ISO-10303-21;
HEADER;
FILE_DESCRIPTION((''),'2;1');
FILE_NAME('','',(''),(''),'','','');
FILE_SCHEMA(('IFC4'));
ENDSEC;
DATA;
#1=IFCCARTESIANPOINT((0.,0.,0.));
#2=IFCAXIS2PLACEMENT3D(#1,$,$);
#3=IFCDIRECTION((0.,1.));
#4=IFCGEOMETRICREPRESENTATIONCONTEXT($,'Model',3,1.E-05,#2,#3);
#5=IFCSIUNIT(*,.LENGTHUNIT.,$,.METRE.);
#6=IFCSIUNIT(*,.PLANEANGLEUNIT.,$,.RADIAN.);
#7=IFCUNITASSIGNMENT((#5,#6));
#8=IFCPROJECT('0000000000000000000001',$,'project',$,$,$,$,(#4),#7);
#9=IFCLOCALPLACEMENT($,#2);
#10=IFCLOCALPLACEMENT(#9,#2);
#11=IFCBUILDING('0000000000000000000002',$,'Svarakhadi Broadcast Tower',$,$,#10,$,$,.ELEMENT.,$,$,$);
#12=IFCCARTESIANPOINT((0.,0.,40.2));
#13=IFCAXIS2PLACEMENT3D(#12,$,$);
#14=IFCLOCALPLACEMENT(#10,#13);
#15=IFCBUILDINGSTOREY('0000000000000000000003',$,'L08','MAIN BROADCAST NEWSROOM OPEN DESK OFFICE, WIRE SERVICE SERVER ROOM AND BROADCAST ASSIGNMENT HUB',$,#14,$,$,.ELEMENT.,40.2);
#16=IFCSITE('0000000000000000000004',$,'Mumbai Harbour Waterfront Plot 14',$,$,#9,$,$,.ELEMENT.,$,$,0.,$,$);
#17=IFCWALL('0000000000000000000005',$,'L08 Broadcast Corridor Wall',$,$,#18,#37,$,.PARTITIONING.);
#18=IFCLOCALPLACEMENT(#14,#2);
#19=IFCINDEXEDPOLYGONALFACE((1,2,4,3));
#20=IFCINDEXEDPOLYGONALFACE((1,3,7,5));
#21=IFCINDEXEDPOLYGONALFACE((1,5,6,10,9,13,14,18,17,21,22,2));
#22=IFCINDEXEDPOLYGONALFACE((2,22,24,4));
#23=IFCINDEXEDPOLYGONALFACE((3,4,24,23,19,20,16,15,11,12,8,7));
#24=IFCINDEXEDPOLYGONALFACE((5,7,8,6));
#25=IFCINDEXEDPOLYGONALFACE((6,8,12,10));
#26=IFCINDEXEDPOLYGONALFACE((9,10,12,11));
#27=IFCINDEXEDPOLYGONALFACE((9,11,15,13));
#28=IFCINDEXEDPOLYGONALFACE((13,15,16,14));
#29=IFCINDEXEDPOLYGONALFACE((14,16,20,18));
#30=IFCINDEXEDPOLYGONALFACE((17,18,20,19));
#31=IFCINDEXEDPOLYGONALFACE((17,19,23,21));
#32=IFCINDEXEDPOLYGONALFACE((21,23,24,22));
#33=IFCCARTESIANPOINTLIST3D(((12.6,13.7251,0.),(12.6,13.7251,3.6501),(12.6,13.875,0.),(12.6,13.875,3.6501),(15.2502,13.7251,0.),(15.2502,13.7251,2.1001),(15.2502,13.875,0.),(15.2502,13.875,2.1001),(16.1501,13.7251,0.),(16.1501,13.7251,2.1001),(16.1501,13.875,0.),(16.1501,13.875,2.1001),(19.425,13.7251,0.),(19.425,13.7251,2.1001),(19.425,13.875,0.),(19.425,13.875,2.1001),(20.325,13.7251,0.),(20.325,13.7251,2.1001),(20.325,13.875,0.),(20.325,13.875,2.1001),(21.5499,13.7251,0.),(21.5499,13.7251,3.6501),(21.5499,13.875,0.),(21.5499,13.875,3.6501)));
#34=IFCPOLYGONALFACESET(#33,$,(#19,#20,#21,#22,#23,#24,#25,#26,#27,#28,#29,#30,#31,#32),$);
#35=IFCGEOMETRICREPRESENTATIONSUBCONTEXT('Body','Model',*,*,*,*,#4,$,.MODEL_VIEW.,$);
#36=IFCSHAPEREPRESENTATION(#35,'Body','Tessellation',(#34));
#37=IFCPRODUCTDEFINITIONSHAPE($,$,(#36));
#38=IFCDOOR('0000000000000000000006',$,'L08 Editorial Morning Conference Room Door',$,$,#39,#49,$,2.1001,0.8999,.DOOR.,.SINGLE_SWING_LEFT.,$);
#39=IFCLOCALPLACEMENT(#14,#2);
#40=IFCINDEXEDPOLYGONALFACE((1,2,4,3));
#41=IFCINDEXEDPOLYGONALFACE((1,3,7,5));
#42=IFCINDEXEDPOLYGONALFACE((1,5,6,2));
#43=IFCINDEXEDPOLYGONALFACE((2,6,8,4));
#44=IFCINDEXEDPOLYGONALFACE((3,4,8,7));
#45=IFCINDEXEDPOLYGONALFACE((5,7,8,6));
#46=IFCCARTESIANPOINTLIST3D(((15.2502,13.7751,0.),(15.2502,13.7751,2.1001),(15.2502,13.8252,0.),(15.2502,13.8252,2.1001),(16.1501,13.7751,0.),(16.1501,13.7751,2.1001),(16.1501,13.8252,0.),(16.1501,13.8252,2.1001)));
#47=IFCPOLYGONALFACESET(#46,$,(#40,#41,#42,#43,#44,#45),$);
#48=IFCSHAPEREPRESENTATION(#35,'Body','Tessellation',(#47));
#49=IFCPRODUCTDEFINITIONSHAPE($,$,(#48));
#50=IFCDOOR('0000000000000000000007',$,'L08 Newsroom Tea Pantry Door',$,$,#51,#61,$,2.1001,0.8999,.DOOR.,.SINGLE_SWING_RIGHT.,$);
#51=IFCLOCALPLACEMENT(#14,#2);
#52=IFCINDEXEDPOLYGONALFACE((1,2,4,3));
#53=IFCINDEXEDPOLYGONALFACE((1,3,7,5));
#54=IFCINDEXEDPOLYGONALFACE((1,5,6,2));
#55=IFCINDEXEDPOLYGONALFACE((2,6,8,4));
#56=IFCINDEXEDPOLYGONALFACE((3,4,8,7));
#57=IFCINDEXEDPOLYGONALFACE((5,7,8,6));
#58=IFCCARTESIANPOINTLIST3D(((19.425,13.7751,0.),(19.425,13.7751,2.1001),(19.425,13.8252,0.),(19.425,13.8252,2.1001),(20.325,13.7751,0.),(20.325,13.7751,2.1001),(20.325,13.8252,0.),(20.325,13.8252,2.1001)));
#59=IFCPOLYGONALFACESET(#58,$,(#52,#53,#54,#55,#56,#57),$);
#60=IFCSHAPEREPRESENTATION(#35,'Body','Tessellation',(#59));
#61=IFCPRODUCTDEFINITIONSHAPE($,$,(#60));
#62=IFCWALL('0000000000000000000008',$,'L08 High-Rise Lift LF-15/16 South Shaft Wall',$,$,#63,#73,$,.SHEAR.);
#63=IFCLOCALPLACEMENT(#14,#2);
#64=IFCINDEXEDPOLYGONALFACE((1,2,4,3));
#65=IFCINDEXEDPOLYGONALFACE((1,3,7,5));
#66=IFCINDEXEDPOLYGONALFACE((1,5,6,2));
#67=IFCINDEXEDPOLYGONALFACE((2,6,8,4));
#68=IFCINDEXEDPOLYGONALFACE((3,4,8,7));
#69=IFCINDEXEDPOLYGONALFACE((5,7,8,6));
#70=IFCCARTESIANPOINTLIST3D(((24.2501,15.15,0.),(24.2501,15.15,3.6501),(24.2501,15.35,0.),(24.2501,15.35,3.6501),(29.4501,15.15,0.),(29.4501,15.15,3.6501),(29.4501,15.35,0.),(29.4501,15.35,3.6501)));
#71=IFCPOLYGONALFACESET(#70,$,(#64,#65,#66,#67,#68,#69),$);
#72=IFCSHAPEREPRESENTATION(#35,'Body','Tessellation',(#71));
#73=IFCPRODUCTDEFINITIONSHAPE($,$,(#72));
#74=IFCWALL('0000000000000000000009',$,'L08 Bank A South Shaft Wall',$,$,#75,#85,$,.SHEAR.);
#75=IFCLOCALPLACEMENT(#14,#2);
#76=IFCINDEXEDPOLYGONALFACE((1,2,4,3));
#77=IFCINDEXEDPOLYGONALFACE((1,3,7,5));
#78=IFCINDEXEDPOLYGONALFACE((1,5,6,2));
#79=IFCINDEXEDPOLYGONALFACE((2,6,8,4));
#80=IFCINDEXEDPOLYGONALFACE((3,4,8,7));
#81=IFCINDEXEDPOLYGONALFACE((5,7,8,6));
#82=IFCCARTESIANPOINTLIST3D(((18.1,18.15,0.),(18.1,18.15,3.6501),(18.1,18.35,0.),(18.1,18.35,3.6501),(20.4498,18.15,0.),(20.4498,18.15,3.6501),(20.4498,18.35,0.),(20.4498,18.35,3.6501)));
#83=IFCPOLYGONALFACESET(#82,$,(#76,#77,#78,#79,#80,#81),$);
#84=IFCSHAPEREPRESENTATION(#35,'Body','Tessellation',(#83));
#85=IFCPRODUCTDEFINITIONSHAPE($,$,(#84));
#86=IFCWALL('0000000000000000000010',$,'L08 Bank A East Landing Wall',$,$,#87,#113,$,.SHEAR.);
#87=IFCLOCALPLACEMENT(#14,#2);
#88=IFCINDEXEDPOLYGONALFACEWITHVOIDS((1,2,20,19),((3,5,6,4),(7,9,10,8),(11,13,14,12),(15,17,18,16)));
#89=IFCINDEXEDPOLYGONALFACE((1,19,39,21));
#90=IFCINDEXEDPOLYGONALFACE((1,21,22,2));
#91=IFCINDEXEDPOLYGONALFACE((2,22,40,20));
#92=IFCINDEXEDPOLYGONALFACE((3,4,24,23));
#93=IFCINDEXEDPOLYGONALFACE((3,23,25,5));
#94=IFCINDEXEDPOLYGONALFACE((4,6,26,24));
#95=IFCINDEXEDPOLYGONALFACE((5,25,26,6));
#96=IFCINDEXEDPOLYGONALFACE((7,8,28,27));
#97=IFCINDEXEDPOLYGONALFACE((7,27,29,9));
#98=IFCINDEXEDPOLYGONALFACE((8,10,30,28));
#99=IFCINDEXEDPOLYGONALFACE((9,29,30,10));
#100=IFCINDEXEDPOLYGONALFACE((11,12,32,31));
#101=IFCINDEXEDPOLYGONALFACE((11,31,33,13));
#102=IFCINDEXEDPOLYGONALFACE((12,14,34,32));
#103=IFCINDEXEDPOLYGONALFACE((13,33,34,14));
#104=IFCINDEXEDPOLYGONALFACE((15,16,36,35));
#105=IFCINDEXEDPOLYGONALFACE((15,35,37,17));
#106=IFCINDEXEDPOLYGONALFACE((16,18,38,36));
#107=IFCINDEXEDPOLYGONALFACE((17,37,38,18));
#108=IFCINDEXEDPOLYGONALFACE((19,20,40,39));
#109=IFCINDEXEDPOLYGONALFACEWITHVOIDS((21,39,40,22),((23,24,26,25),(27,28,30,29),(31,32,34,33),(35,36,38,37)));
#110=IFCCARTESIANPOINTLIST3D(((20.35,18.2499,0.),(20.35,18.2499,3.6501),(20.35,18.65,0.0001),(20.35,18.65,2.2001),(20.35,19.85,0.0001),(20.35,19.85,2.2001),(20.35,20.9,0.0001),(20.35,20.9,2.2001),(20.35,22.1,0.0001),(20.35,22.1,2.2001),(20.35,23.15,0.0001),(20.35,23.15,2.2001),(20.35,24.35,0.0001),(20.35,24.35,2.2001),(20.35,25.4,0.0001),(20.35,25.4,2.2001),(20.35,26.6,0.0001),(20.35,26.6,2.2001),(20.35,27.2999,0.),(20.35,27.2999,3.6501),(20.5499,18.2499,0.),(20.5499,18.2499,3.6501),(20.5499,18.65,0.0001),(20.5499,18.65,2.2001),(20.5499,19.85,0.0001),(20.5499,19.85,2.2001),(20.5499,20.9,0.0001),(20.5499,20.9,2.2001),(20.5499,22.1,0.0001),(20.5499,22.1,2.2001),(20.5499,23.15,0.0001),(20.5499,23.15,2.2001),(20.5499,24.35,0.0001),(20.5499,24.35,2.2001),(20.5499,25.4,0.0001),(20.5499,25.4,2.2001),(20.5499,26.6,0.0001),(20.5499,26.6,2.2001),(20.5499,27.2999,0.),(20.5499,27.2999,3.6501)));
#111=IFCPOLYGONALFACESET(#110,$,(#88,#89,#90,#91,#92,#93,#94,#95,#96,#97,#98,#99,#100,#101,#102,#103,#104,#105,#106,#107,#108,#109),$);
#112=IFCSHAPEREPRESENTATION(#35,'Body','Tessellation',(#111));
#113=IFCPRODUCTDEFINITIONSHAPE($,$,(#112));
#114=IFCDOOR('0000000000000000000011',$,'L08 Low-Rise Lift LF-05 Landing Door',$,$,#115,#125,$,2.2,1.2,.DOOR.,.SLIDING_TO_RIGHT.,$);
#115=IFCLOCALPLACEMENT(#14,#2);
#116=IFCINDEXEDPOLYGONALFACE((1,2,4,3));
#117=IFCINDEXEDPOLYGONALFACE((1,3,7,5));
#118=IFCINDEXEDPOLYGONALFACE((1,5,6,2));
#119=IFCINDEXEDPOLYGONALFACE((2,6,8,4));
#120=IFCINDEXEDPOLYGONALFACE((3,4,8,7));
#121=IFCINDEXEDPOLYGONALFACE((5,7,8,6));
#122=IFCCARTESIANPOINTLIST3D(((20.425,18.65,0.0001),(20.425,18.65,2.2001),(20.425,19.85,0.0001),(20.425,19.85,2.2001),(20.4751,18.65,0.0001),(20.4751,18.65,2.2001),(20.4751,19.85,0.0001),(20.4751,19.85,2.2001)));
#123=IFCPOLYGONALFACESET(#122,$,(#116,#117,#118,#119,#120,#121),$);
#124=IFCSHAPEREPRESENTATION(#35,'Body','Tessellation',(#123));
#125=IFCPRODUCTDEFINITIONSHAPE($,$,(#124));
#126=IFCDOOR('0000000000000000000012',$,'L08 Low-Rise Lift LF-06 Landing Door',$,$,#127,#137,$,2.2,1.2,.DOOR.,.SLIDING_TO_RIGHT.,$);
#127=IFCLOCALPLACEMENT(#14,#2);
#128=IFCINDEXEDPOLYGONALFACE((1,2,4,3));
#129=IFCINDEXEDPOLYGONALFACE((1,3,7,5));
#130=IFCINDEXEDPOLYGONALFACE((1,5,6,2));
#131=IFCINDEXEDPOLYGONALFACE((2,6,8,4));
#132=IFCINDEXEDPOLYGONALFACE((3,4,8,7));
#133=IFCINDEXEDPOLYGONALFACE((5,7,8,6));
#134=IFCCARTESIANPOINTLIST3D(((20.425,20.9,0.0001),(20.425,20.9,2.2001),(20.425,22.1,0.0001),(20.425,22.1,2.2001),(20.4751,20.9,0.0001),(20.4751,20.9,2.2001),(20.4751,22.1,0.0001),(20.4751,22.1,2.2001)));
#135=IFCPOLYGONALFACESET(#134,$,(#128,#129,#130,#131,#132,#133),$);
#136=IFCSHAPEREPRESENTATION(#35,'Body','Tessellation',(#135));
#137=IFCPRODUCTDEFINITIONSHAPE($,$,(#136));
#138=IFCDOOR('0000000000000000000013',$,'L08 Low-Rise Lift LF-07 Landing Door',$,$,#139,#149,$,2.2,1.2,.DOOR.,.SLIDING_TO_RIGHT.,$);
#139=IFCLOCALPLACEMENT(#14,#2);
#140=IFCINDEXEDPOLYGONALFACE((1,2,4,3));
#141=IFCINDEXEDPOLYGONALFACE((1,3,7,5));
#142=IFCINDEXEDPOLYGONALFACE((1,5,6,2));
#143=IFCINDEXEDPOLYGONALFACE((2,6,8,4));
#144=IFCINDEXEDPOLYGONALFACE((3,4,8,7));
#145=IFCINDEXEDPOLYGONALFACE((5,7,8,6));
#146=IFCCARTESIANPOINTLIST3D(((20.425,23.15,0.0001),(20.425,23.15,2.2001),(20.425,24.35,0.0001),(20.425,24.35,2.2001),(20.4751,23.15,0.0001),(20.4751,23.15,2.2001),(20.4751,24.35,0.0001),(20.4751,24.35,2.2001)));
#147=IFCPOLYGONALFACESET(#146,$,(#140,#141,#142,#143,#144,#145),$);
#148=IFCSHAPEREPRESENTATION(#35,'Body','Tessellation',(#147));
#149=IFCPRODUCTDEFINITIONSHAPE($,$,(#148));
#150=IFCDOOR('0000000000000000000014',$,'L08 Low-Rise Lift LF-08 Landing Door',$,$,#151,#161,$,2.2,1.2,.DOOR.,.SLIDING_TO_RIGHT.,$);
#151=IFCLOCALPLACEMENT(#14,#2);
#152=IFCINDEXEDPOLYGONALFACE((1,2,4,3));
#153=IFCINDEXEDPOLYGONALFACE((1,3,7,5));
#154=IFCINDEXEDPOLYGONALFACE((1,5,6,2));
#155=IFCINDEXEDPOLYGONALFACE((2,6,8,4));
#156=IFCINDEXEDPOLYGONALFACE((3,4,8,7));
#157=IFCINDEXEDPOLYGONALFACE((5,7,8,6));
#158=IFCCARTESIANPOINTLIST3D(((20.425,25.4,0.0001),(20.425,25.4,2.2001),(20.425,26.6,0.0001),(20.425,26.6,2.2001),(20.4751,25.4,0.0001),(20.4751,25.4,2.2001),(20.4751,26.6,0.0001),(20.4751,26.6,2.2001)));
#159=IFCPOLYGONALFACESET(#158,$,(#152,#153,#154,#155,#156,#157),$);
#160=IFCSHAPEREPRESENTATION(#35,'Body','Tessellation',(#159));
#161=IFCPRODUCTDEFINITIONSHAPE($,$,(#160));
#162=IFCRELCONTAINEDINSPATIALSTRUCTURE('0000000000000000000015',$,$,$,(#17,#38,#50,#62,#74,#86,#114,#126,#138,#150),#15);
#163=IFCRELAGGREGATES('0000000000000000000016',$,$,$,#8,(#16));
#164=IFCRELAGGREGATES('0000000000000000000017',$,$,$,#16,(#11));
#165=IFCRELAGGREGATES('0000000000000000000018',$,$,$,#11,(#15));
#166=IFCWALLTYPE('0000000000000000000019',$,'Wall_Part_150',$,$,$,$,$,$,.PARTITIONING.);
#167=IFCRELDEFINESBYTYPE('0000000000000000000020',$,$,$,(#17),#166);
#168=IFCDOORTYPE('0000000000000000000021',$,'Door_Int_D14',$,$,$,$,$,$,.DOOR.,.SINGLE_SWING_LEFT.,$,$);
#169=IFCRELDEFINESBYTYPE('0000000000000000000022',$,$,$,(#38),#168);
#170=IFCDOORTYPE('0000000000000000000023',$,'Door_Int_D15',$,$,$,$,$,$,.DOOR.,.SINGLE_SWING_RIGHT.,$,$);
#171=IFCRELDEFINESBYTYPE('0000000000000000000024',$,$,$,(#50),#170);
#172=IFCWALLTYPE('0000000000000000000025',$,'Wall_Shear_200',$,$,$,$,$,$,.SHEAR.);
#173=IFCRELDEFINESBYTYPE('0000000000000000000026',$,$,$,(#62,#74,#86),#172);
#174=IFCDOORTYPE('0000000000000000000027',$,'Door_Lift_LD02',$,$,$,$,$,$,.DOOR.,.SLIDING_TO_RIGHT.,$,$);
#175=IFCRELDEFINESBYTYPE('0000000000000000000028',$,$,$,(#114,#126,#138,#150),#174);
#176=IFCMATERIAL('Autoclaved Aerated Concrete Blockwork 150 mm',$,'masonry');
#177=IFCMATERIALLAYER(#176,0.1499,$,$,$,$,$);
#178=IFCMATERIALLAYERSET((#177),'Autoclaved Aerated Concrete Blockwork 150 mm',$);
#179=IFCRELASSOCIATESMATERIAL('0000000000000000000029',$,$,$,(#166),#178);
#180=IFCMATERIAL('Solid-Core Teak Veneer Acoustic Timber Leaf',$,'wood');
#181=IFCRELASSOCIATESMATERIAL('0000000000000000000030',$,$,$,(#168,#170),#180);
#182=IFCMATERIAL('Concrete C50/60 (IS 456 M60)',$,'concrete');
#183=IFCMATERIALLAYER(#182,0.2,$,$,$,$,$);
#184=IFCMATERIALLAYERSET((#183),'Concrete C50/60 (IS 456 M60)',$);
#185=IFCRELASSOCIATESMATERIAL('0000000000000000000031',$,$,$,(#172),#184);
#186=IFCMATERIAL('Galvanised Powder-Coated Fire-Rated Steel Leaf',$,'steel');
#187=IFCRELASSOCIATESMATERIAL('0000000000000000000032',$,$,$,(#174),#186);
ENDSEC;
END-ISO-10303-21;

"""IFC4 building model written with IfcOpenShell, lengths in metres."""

from ifc_helpers import new_model, si_unit, direction, frame, frame_2d, origin, place, context, subcontext, project, spatial, rectangle, extrude, material, layer, layer_set, type_object, element, fill, save


model = new_model("IFC4")

# Units and contexts
model_context = context("Model", 3, precision=1e-05, world=origin(), true_north=direction((0.0, 1.0)))
body_context = subcontext(model_context, "Body", "Model", "MODEL_VIEW")
ifc_project = project(units=[si_unit("LENGTHUNIT", "METRE"), si_unit("PLANEANGLEUNIT", "RADIAN")], contexts=[model_context])

# Site, building, storey
site_placement = place(None, origin())
site = spatial("IfcSite", under=ifc_project, at=site_placement, Name="Mumbai Harbour Waterfront Plot 14", CompositionType="ELEMENT", RefElevation=0.0)
building_placement = place(site_placement, origin())
building = spatial("IfcBuilding", under=site, at=building_placement, Name="Svarakhadi Broadcast Tower", CompositionType="ELEMENT")
storey_placement = place(building_placement, frame((0.0, 0.0, 40.2)))
storey = spatial("IfcBuildingStorey", under=building, at=storey_placement, Name="L08", Description="MAIN BROADCAST NEWSROOM OPEN DESK OFFICE, WIRE SERVICE SERVER ROOM AND BROADCAST ASSIGNMENT HUB", CompositionType="ELEMENT", Elevation=40.2)

# Wall, openings, doors
ifc_material_1 = material(Name="Autoclaved Aerated Concrete Blockwork 150 mm", Category="masonry")
ifc_layer_1 = layer(ifc_material_1, 0.1499)
ifc_layer_set_1 = layer_set([ifc_layer_1], Name="Autoclaved Aerated Concrete Blockwork 150 mm")
wall_type_1 = type_object("IfcWallType", Name="Wall_Part_150", PredefinedType="PARTITIONING", material=ifc_layer_set_1)
wall_1_placement = place(storey_placement, frame((21.55, 13.8, 0.0), z_axis=(0.0, 0.0, 1.0), x_axis=(-1.0, 0.0, 0.0)))
wall_1 = element("IfcWall", 1, at=wall_1_placement, inside=storey, type_object=wall_type_1, Name="L08 Broadcast Corridor Wall", PredefinedType="PARTITIONING", context=body_context, shape_type="SweptSolid", body=[
    extrude(rectangle(XDim=8.95, YDim=0.1499, at=frame_2d((4.4751, 0.0))), origin(), (0.0, 0.0, 1.0), 3.6501),
])
opening_1_placement = place(wall_1_placement, frame((5.3999, 0.0, 0.0)))
opening_1 = element("IfcOpeningElement", 2, at=opening_1_placement, cuts=wall_1, PredefinedType="OPENING", context=body_context, shape_type="SweptSolid", body=[
    extrude(rectangle(XDim=0.8999, YDim=2.1001, at=frame_2d((0.45, 1.05))), frame((0.0, 0.085, 0.0), z_axis=(0.0, -1.0, 0.0), x_axis=(1.0, 0.0, 0.0)), (0.0, 0.0, 1.0), 0.1699),
])
opening_2_placement = place(wall_1_placement, frame((1.2251, 0.0, 0.0)))
opening_2 = element("IfcOpeningElement", 3, at=opening_2_placement, cuts=wall_1, PredefinedType="OPENING", context=body_context, shape_type="SweptSolid", body=[
    extrude(rectangle(XDim=0.8999, YDim=2.1001, at=frame_2d((0.45, 1.05))), frame((0.0, 0.085, 0.0), z_axis=(0.0, -1.0, 0.0), x_axis=(1.0, 0.0, 0.0)), (0.0, 0.0, 1.0), 0.1699),
])
ifc_material_2 = material(Name="Solid-Core Teak Veneer Acoustic Timber Leaf", Category="wood")
door_type_1 = type_object("IfcDoorType", Name="Door_Int_D14", OperationType="SINGLE_SWING_LEFT", PredefinedType="DOOR", material=ifc_material_2)
door_1_placement = place(opening_1_placement, origin())
door_1 = element("IfcDoor", 4, at=door_1_placement, inside=storey, type_object=door_type_1, Name="L08 Editorial Morning Conference Room Door", OperationType="SINGLE_SWING_LEFT", OverallHeight=2.1001, OverallWidth=0.8999, PredefinedType="DOOR", context=body_context, shape_type="SweptSolid", body=[
    extrude(rectangle(XDim=0.8999, YDim=2.1001, at=frame_2d((0.45, 1.05))), frame((0.0, 0.0249, 0.0), z_axis=(0.0, -1.0, 0.0), x_axis=(1.0, 0.0, 0.0)), (0.0, 0.0, 1.0), 0.05),
])
fill(opening_1, door_1)
door_type_2 = type_object("IfcDoorType", Name="Door_Int_D15", OperationType="SINGLE_SWING_RIGHT", PredefinedType="DOOR", material=ifc_material_2)
door_2_placement = place(opening_2_placement, origin())
door_2 = element("IfcDoor", 5, at=door_2_placement, inside=storey, type_object=door_type_2, Name="L08 Newsroom Tea Pantry Door", OperationType="SINGLE_SWING_RIGHT", OverallHeight=2.1001, OverallWidth=0.8999, PredefinedType="DOOR", context=body_context, shape_type="SweptSolid", body=[
    extrude(rectangle(XDim=0.8999, YDim=2.1001, at=frame_2d((0.45, 1.05))), frame((0.0, 0.0249, 0.0), z_axis=(0.0, -1.0, 0.0), x_axis=(1.0, 0.0, 0.0)), (0.0, 0.0, 1.0), 0.05),
])
fill(opening_2, door_2)

# Shared definitions
ifc_material_3 = material(Name="Concrete C50/60 (IS 456 M60)", Category="concrete")
ifc_layer_2 = layer(ifc_material_3, 0.2)
ifc_layer_set_2 = layer_set([ifc_layer_2], Name="Concrete C50/60 (IS 456 M60)")
wall_type_2 = type_object("IfcWallType", Name="Wall_Shear_200", PredefinedType="SHEAR", material=ifc_layer_set_2)
ifc_material_4 = material(Name="Galvanised Powder-Coated Fire-Rated Steel Leaf", Category="steel")

# Walls
wall_2_placement = place(storey_placement, frame((24.25, 15.25, 0.0), z_axis=(0.0, 0.0, 1.0), x_axis=(1.0, 0.0, 0.0)))
element("IfcWall", 6, at=wall_2_placement, inside=storey, type_object=wall_type_2, Name="L08 High-Rise Lift LF-15/16 South Shaft Wall", PredefinedType="SHEAR", context=body_context, shape_type="SweptSolid", body=[
    extrude(rectangle(XDim=5.2, YDim=0.2, at=frame_2d((2.6001, 0.0))), origin(), (0.0, 0.0, 1.0), 3.6501),
])
wall_3_placement = place(storey_placement, frame((18.1001, 18.25, 0.0), z_axis=(0.0, 0.0, 1.0), x_axis=(1.0, 0.0, 0.0)))
element("IfcWall", 7, at=wall_3_placement, inside=storey, type_object=wall_type_2, Name="L08 Bank A South Shaft Wall", PredefinedType="SHEAR", context=body_context, shape_type="SweptSolid", body=[
    extrude(rectangle(XDim=2.3499, YDim=0.2, at=frame_2d((1.1748, 0.0))), origin(), (0.0, 0.0, 1.0), 3.6501),
])

# Wall, openings, doors
wall_4_placement = place(storey_placement, frame((20.45, 18.25, 0.0), z_axis=(0.0, 0.0, 1.0), x_axis=(0.0, 1.0, 0.0)))
wall_4 = element("IfcWall", 8, at=wall_4_placement, inside=storey, type_object=wall_type_2, Name="L08 Bank A East Landing Wall", PredefinedType="SHEAR", context=body_context, shape_type="SweptSolid", body=[
    extrude(rectangle(XDim=9.05, YDim=0.2, at=frame_2d((4.5249, 0.0))), origin(), (0.0, 0.0, 1.0), 3.6501),
])
opening_3_placement = place(wall_4_placement, frame((0.3999, 0.0, 0.0)))
opening_3 = element("IfcOpeningElement", 9, at=opening_3_placement, cuts=wall_4, PredefinedType="OPENING", context=body_context, shape_type="SweptSolid", body=[
    extrude(rectangle(XDim=1.2, YDim=2.2, at=frame_2d((0.6001, 1.1001))), frame((0.0, 0.1099, 0.0), z_axis=(0.0, -1.0, 0.0), x_axis=(1.0, 0.0, 0.0)), (0.0, 0.0, 1.0), 0.22),
])
opening_4_placement = place(wall_4_placement, frame((2.6499, 0.0, 0.0)))
opening_4 = element("IfcOpeningElement", 10, at=opening_4_placement, cuts=wall_4, PredefinedType="OPENING", context=body_context, shape_type="SweptSolid", body=[
    extrude(rectangle(XDim=1.2, YDim=2.2, at=frame_2d((0.6001, 1.1001))), frame((0.0, 0.1099, 0.0), z_axis=(0.0, -1.0, 0.0), x_axis=(1.0, 0.0, 0.0)), (0.0, 0.0, 1.0), 0.22),
])
opening_5_placement = place(wall_4_placement, frame((4.8999, 0.0, 0.0)))
opening_5 = element("IfcOpeningElement", 11, at=opening_5_placement, cuts=wall_4, PredefinedType="OPENING", context=body_context, shape_type="SweptSolid", body=[
    extrude(rectangle(XDim=1.2, YDim=2.2, at=frame_2d((0.6001, 1.1001))), frame((0.0, 0.1099, 0.0), z_axis=(0.0, -1.0, 0.0), x_axis=(1.0, 0.0, 0.0)), (0.0, 0.0, 1.0), 0.22),
])
opening_6_placement = place(wall_4_placement, frame((7.1499, 0.0, 0.0)))
opening_6 = element("IfcOpeningElement", 12, at=opening_6_placement, cuts=wall_4, PredefinedType="OPENING", context=body_context, shape_type="SweptSolid", body=[
    extrude(rectangle(XDim=1.2, YDim=2.2, at=frame_2d((0.6001, 1.1001))), frame((0.0, 0.1099, 0.0), z_axis=(0.0, -1.0, 0.0), x_axis=(1.0, 0.0, 0.0)), (0.0, 0.0, 1.0), 0.22),
])
door_type_3 = type_object("IfcDoorType", Name="Door_Lift_LD02", OperationType="SLIDING_TO_RIGHT", PredefinedType="DOOR", material=ifc_material_4)
door_3_placement = place(opening_3_placement, origin())
door_3 = element("IfcDoor", 13, at=door_3_placement, inside=storey, type_object=door_type_3, Name="L08 Low-Rise Lift LF-05 Landing Door", OperationType="SLIDING_TO_RIGHT", OverallHeight=2.2, OverallWidth=1.2, PredefinedType="DOOR", context=body_context, shape_type="SweptSolid", body=[
    extrude(rectangle(XDim=1.2, YDim=2.2, at=frame_2d((0.6001, 1.1001))), frame((0.0, 0.0249, 0.0), z_axis=(0.0, -1.0, 0.0), x_axis=(1.0, 0.0, 0.0)), (0.0, 0.0, 1.0), 0.05),
])
fill(opening_3, door_3)
door_4_placement = place(opening_4_placement, origin())
door_4 = element("IfcDoor", 14, at=door_4_placement, inside=storey, type_object=door_type_3, Name="L08 Low-Rise Lift LF-06 Landing Door", OperationType="SLIDING_TO_RIGHT", OverallHeight=2.2, OverallWidth=1.2, PredefinedType="DOOR", context=body_context, shape_type="SweptSolid", body=[
    extrude(rectangle(XDim=1.2, YDim=2.2, at=frame_2d((0.6001, 1.1001))), frame((0.0, 0.0249, 0.0), z_axis=(0.0, -1.0, 0.0), x_axis=(1.0, 0.0, 0.0)), (0.0, 0.0, 1.0), 0.05),
])
fill(opening_4, door_4)
door_5_placement = place(opening_5_placement, origin())
door_5 = element("IfcDoor", 15, at=door_5_placement, inside=storey, type_object=door_type_3, Name="L08 Low-Rise Lift LF-07 Landing Door", OperationType="SLIDING_TO_RIGHT", OverallHeight=2.2, OverallWidth=1.2, PredefinedType="DOOR", context=body_context, shape_type="SweptSolid", body=[
    extrude(rectangle(XDim=1.2, YDim=2.2, at=frame_2d((0.6001, 1.1001))), frame((0.0, 0.0249, 0.0), z_axis=(0.0, -1.0, 0.0), x_axis=(1.0, 0.0, 0.0)), (0.0, 0.0, 1.0), 0.05),
])
fill(opening_5, door_5)
door_6_placement = place(opening_6_placement, origin())
door_6 = element("IfcDoor", 16, at=door_6_placement, inside=storey, type_object=door_type_3, Name="L08 Low-Rise Lift LF-08 Landing Door", OperationType="SLIDING_TO_RIGHT", OverallHeight=2.2, OverallWidth=1.2, PredefinedType="DOOR", context=body_context, shape_type="SweptSolid", body=[
    extrude(rectangle(XDim=1.2, YDim=2.2, at=frame_2d((0.6001, 1.1001))), frame((0.0, 0.0249, 0.0), z_axis=(0.0, -1.0, 0.0), x_axis=(1.0, 0.0, 0.0)), (0.0, 0.0, 1.0), 0.05),
])
fill(opening_6, door_6)

save(model, "model.ifc")
